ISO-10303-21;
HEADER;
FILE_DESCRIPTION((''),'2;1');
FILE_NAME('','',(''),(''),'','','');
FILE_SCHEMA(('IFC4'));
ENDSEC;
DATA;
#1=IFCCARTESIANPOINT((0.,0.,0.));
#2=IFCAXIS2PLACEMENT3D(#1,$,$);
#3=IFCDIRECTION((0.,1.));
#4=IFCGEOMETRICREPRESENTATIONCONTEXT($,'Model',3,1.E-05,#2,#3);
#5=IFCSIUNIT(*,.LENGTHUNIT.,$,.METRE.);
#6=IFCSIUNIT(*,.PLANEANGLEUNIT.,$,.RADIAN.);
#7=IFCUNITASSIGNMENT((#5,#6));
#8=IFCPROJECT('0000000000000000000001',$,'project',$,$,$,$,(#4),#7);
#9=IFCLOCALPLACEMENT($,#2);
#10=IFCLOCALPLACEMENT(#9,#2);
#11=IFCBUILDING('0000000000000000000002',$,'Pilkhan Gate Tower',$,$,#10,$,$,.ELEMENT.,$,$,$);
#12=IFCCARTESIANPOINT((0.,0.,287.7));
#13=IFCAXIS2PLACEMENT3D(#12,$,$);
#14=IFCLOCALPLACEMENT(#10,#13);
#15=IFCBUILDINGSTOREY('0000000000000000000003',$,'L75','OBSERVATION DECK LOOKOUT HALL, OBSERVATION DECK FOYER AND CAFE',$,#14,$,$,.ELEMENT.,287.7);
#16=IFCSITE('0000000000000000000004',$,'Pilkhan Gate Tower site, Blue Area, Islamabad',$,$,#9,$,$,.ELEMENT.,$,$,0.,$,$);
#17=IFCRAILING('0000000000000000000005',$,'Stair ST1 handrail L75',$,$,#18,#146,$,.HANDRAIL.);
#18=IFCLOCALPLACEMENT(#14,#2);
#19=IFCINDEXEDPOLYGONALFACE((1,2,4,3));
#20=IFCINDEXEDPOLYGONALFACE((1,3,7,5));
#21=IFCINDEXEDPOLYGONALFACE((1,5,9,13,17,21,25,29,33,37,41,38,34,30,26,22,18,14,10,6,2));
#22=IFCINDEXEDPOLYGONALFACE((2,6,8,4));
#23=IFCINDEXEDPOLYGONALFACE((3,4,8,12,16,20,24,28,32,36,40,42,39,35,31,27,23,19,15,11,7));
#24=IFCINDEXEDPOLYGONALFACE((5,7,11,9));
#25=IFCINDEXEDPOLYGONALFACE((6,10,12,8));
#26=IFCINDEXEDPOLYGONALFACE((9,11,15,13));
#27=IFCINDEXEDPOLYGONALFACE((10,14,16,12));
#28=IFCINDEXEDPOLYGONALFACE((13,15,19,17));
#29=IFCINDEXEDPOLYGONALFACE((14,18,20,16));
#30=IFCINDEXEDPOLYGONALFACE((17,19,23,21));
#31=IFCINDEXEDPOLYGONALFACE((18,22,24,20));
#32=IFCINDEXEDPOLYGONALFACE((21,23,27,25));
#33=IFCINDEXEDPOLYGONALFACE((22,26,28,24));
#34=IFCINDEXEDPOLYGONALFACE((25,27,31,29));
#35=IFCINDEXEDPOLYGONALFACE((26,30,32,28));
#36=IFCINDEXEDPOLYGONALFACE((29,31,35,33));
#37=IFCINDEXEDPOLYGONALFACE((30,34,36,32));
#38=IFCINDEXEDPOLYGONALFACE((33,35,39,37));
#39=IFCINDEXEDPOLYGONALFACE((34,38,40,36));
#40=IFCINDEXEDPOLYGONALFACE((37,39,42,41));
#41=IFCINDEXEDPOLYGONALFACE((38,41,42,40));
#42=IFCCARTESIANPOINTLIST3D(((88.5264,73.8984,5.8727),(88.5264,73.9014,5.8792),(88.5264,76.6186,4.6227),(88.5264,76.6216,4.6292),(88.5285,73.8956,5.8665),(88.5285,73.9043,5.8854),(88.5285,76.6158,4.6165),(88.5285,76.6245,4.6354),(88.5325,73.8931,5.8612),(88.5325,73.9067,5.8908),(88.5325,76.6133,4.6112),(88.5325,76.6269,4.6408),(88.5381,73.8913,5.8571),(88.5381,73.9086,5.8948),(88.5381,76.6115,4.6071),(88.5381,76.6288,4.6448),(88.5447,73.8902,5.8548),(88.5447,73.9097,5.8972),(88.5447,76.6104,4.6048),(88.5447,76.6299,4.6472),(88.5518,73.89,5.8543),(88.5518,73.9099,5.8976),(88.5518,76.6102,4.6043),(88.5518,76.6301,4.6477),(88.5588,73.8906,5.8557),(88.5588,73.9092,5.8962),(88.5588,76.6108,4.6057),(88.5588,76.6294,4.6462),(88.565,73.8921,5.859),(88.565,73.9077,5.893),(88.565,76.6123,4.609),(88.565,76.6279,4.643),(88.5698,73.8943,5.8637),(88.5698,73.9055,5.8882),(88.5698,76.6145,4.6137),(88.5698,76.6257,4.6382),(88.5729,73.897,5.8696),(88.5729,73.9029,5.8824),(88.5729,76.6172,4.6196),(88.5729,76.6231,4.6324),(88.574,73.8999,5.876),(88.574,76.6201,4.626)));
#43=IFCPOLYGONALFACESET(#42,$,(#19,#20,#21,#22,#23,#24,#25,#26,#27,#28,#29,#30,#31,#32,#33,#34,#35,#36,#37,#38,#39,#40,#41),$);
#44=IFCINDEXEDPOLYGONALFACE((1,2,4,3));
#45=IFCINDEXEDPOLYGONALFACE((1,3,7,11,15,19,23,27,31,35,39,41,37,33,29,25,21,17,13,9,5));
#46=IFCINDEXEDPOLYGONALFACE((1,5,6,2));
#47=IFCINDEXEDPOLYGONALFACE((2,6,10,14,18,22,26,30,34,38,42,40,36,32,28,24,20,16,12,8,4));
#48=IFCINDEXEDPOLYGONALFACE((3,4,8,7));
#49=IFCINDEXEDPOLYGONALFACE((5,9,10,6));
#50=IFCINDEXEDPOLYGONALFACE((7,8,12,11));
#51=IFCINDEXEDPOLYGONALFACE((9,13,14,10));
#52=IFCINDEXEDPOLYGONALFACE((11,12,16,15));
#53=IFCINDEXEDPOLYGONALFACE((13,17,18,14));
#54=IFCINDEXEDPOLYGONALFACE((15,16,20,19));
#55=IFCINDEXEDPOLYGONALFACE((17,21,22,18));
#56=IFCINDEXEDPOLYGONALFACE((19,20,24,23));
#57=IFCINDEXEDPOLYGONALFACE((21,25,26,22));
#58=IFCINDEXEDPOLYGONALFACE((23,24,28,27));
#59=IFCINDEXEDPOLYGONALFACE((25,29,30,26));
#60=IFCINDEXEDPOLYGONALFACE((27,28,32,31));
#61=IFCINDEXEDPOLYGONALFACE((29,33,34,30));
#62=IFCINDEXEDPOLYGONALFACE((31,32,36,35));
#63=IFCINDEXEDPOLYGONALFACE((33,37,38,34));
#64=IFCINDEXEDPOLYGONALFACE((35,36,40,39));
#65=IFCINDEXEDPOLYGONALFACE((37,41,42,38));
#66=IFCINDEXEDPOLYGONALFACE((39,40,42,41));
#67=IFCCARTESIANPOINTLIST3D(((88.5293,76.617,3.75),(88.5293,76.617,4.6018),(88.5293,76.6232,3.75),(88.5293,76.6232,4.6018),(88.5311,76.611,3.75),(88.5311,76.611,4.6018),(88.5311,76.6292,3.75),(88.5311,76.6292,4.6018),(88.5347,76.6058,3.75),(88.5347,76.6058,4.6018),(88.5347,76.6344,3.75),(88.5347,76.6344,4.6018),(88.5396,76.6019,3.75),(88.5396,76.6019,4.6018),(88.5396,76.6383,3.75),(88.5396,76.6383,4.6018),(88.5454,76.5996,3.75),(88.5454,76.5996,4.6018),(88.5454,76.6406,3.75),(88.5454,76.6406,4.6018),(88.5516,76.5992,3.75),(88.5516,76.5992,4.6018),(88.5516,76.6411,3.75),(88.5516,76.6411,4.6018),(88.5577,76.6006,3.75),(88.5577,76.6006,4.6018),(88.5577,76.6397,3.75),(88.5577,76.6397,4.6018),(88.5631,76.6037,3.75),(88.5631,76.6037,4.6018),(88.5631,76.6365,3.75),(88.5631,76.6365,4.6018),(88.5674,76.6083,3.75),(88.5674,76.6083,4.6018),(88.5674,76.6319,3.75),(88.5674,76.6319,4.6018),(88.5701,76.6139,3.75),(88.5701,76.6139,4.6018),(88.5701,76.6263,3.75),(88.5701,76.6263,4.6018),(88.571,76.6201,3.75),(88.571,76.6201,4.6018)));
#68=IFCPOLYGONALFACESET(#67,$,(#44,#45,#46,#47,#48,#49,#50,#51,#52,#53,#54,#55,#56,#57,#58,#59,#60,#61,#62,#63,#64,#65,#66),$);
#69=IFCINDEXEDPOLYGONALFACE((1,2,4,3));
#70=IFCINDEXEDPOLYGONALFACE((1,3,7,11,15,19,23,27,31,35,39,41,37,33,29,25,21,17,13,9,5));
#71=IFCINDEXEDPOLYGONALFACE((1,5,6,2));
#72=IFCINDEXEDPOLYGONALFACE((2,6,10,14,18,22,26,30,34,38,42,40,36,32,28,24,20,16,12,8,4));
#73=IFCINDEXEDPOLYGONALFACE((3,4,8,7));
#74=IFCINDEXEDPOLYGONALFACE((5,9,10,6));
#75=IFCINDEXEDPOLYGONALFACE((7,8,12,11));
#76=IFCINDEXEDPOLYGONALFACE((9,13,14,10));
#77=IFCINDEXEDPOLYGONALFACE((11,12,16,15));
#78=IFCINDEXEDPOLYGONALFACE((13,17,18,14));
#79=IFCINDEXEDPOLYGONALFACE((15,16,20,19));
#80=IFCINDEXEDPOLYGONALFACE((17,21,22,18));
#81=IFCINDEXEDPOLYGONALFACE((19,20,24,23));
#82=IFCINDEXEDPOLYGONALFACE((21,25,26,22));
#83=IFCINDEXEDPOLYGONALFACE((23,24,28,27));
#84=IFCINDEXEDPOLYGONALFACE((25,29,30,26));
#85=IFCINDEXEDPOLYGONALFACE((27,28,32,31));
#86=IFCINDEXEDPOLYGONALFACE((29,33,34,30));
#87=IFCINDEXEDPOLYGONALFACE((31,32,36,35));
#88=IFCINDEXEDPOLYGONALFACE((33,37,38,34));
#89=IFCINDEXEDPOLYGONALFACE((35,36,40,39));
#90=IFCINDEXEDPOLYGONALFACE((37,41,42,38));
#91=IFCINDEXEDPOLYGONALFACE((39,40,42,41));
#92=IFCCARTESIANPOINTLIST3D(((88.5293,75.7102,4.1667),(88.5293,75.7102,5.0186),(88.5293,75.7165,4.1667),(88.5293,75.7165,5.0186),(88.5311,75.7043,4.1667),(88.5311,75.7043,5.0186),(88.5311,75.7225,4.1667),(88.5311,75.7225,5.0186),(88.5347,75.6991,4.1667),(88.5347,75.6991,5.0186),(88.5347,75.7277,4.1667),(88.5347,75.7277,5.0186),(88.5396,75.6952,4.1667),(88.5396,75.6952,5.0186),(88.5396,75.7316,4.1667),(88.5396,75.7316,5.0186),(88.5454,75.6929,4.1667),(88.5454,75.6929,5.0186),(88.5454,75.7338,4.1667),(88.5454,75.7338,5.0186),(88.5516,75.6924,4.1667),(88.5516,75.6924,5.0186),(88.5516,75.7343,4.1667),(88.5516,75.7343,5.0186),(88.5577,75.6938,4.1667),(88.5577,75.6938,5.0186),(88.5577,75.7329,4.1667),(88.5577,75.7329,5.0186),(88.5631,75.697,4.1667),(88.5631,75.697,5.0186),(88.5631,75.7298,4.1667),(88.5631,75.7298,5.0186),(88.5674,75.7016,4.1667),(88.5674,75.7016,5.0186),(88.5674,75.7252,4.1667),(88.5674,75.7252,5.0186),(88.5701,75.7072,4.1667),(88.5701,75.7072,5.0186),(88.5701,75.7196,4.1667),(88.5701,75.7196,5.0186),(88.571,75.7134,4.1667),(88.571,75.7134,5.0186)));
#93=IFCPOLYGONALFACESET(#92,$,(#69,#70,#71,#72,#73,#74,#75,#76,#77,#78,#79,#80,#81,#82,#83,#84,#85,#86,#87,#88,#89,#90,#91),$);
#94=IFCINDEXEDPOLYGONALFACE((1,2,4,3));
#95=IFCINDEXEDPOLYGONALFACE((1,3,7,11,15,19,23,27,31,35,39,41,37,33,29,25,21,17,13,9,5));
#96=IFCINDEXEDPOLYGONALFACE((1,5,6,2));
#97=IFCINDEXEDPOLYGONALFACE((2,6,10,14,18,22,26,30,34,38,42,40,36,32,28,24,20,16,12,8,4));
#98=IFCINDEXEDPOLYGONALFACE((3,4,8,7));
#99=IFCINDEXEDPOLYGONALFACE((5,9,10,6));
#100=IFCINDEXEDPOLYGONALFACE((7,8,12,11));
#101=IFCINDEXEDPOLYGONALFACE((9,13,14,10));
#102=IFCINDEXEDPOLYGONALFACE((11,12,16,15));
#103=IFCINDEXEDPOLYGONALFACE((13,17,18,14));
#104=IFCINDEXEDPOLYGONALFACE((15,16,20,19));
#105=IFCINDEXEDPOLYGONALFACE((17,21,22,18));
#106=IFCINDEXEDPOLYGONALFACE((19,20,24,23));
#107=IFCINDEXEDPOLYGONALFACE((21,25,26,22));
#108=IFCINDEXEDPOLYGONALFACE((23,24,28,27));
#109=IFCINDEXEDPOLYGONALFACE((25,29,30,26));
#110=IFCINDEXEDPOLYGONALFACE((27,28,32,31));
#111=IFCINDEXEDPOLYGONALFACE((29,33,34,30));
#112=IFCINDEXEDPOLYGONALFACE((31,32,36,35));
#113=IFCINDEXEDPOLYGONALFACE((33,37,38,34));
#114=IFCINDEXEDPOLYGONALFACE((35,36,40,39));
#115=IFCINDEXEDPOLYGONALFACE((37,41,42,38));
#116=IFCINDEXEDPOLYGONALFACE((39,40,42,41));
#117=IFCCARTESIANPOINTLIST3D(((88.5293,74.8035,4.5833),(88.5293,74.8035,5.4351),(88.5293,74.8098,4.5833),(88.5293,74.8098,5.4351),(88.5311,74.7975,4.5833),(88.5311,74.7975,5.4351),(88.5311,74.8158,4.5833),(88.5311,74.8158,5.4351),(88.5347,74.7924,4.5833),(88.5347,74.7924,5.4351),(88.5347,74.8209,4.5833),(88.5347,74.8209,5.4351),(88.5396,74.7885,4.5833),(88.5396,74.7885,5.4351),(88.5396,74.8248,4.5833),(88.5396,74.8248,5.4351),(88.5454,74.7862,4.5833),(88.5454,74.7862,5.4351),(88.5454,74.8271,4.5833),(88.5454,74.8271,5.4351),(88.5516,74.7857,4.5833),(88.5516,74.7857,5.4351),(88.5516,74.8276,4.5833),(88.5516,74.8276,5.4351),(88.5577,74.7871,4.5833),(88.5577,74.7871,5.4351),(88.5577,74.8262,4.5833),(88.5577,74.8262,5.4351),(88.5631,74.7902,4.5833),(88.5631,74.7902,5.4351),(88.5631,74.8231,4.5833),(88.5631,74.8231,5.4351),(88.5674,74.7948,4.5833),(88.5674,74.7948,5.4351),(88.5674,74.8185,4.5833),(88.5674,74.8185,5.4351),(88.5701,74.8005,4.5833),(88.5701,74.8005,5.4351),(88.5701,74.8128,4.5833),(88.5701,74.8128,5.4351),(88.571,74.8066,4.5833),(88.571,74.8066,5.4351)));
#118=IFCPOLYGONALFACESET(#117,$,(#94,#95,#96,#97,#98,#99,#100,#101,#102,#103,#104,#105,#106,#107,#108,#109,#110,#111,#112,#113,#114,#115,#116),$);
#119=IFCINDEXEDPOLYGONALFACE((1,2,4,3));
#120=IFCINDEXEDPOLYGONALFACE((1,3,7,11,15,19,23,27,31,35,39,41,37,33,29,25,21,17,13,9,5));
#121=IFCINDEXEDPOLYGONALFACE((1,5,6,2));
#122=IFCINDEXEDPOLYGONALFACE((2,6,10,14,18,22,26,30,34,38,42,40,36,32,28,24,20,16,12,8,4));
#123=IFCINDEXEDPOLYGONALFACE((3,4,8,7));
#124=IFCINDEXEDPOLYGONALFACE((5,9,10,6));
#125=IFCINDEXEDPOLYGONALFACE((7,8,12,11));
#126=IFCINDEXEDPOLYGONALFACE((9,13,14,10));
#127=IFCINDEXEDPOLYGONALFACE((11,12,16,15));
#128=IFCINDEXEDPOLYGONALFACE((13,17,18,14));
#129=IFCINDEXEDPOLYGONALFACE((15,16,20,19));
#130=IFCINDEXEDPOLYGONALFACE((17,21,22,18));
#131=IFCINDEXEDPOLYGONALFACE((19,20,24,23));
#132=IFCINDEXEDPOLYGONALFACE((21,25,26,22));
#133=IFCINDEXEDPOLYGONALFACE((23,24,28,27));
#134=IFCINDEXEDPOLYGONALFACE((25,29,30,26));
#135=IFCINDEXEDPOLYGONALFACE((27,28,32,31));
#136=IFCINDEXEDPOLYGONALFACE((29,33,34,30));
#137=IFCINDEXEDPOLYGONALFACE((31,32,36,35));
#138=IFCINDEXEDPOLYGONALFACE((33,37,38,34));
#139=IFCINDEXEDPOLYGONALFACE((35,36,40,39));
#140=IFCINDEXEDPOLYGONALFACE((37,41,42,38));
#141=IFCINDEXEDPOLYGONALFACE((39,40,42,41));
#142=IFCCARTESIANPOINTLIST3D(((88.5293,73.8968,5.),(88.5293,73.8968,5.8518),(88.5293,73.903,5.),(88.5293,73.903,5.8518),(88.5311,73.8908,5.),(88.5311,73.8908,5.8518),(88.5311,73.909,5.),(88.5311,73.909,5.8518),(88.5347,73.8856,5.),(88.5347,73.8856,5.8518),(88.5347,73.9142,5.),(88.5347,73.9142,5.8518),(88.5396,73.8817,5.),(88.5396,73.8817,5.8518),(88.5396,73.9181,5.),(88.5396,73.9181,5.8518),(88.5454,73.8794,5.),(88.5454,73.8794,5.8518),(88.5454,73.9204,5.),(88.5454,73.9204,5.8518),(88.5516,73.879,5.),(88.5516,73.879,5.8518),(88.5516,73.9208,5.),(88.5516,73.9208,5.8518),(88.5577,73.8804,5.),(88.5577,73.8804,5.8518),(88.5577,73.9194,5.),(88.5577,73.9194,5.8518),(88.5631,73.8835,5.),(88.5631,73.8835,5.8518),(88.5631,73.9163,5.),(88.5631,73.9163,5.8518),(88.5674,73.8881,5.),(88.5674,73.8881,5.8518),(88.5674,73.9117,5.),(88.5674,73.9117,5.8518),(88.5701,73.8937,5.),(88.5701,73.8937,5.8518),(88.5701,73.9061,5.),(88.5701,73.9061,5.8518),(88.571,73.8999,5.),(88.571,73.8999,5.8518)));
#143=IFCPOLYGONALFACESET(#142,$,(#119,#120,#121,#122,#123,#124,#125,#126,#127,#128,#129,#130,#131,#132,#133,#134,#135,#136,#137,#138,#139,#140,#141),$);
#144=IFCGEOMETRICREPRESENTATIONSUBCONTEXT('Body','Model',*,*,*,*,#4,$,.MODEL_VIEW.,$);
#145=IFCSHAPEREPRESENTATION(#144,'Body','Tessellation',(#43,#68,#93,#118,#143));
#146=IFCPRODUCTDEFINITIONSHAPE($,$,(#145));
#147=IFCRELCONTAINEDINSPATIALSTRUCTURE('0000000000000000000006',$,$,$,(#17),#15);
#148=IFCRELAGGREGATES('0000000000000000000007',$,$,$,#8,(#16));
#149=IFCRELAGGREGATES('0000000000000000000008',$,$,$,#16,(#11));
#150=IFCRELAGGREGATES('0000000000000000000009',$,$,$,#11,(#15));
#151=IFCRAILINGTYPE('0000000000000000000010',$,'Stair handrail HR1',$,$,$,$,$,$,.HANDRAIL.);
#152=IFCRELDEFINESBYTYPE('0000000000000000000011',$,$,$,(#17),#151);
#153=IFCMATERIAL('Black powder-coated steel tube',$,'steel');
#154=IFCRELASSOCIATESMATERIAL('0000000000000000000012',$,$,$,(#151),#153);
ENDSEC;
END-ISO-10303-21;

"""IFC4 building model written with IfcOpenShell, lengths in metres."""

from ifc_helpers import new_model, si_unit, direction, frame, origin, origin_2d, place, context, subcontext, project, spatial, circle, extrude, material, type_object, element, save


model = new_model("IFC4")

# Units and contexts
model_context = context("Model", 3, precision=1e-05, world=origin(), true_north=direction((0.0, 1.0)))
body_context = subcontext(model_context, "Body", "Model", "MODEL_VIEW")
ifc_project = project(units=[si_unit("LENGTHUNIT", "METRE"), si_unit("PLANEANGLEUNIT", "RADIAN")], contexts=[model_context])

# Site, building, storey
site_placement = place(None, origin())
site = spatial("IfcSite", under=ifc_project, at=site_placement, Name="Pilkhan Gate Tower site, Blue Area, Islamabad", CompositionType="ELEMENT", RefElevation=0.0)
building_placement = place(site_placement, origin())
building = spatial("IfcBuilding", under=site, at=building_placement, Name="Pilkhan Gate Tower", CompositionType="ELEMENT")
storey_placement = place(building_placement, frame((0.0, 0.0, 287.7)))
storey = spatial("IfcBuildingStorey", under=building, at=storey_placement, Name="L75", Description="OBSERVATION DECK LOOKOUT HALL, OBSERVATION DECK FOYER AND CAFE", CompositionType="ELEMENT", Elevation=287.7)

# Railing
ifc_material_1 = material(Name="Black powder-coated steel tube", Category="steel")
railing_type_1 = type_object("IfcRailingType", Name="Stair handrail HR1", PredefinedType="HANDRAIL", material=ifc_material_1)
railing_1_placement = place(storey_placement, frame((88.55, 76.6201, 3.75)))
element("IfcRailing", 1, at=railing_1_placement, inside=storey, type_object=railing_type_1, Name="Stair ST1 handrail L75", PredefinedType="HANDRAIL", context=body_context, shape_type="SweptSolid", body=[
    extrude(circle(Radius=0.0239, at=origin_2d()), frame((0.0, 0.0, 0.876), z_axis=(0.0, -0.908655, 0.417547), x_axis=(1.0, 0.0, 0.0)), (0.0, 0.0, 1.0), 2.9937),
    extrude(circle(Radius=0.021, at=origin_2d()), origin(), (0.0, 0.0, 1.0), 0.8518),
    extrude(circle(Radius=0.021, at=origin_2d()), frame((0.0, -0.9067, 0.4167)), (0.0, 0.0, 1.0), 0.8518),
    extrude(circle(Radius=0.021, at=origin_2d()), frame((0.0, -1.8135, 0.8333)), (0.0, 0.0, 1.0), 0.8518),
    extrude(circle(Radius=0.021, at=origin_2d()), frame((0.0, -2.7202, 1.25)), (0.0, 0.0, 1.0), 0.8518),
])

save(model, "model.ifc")
